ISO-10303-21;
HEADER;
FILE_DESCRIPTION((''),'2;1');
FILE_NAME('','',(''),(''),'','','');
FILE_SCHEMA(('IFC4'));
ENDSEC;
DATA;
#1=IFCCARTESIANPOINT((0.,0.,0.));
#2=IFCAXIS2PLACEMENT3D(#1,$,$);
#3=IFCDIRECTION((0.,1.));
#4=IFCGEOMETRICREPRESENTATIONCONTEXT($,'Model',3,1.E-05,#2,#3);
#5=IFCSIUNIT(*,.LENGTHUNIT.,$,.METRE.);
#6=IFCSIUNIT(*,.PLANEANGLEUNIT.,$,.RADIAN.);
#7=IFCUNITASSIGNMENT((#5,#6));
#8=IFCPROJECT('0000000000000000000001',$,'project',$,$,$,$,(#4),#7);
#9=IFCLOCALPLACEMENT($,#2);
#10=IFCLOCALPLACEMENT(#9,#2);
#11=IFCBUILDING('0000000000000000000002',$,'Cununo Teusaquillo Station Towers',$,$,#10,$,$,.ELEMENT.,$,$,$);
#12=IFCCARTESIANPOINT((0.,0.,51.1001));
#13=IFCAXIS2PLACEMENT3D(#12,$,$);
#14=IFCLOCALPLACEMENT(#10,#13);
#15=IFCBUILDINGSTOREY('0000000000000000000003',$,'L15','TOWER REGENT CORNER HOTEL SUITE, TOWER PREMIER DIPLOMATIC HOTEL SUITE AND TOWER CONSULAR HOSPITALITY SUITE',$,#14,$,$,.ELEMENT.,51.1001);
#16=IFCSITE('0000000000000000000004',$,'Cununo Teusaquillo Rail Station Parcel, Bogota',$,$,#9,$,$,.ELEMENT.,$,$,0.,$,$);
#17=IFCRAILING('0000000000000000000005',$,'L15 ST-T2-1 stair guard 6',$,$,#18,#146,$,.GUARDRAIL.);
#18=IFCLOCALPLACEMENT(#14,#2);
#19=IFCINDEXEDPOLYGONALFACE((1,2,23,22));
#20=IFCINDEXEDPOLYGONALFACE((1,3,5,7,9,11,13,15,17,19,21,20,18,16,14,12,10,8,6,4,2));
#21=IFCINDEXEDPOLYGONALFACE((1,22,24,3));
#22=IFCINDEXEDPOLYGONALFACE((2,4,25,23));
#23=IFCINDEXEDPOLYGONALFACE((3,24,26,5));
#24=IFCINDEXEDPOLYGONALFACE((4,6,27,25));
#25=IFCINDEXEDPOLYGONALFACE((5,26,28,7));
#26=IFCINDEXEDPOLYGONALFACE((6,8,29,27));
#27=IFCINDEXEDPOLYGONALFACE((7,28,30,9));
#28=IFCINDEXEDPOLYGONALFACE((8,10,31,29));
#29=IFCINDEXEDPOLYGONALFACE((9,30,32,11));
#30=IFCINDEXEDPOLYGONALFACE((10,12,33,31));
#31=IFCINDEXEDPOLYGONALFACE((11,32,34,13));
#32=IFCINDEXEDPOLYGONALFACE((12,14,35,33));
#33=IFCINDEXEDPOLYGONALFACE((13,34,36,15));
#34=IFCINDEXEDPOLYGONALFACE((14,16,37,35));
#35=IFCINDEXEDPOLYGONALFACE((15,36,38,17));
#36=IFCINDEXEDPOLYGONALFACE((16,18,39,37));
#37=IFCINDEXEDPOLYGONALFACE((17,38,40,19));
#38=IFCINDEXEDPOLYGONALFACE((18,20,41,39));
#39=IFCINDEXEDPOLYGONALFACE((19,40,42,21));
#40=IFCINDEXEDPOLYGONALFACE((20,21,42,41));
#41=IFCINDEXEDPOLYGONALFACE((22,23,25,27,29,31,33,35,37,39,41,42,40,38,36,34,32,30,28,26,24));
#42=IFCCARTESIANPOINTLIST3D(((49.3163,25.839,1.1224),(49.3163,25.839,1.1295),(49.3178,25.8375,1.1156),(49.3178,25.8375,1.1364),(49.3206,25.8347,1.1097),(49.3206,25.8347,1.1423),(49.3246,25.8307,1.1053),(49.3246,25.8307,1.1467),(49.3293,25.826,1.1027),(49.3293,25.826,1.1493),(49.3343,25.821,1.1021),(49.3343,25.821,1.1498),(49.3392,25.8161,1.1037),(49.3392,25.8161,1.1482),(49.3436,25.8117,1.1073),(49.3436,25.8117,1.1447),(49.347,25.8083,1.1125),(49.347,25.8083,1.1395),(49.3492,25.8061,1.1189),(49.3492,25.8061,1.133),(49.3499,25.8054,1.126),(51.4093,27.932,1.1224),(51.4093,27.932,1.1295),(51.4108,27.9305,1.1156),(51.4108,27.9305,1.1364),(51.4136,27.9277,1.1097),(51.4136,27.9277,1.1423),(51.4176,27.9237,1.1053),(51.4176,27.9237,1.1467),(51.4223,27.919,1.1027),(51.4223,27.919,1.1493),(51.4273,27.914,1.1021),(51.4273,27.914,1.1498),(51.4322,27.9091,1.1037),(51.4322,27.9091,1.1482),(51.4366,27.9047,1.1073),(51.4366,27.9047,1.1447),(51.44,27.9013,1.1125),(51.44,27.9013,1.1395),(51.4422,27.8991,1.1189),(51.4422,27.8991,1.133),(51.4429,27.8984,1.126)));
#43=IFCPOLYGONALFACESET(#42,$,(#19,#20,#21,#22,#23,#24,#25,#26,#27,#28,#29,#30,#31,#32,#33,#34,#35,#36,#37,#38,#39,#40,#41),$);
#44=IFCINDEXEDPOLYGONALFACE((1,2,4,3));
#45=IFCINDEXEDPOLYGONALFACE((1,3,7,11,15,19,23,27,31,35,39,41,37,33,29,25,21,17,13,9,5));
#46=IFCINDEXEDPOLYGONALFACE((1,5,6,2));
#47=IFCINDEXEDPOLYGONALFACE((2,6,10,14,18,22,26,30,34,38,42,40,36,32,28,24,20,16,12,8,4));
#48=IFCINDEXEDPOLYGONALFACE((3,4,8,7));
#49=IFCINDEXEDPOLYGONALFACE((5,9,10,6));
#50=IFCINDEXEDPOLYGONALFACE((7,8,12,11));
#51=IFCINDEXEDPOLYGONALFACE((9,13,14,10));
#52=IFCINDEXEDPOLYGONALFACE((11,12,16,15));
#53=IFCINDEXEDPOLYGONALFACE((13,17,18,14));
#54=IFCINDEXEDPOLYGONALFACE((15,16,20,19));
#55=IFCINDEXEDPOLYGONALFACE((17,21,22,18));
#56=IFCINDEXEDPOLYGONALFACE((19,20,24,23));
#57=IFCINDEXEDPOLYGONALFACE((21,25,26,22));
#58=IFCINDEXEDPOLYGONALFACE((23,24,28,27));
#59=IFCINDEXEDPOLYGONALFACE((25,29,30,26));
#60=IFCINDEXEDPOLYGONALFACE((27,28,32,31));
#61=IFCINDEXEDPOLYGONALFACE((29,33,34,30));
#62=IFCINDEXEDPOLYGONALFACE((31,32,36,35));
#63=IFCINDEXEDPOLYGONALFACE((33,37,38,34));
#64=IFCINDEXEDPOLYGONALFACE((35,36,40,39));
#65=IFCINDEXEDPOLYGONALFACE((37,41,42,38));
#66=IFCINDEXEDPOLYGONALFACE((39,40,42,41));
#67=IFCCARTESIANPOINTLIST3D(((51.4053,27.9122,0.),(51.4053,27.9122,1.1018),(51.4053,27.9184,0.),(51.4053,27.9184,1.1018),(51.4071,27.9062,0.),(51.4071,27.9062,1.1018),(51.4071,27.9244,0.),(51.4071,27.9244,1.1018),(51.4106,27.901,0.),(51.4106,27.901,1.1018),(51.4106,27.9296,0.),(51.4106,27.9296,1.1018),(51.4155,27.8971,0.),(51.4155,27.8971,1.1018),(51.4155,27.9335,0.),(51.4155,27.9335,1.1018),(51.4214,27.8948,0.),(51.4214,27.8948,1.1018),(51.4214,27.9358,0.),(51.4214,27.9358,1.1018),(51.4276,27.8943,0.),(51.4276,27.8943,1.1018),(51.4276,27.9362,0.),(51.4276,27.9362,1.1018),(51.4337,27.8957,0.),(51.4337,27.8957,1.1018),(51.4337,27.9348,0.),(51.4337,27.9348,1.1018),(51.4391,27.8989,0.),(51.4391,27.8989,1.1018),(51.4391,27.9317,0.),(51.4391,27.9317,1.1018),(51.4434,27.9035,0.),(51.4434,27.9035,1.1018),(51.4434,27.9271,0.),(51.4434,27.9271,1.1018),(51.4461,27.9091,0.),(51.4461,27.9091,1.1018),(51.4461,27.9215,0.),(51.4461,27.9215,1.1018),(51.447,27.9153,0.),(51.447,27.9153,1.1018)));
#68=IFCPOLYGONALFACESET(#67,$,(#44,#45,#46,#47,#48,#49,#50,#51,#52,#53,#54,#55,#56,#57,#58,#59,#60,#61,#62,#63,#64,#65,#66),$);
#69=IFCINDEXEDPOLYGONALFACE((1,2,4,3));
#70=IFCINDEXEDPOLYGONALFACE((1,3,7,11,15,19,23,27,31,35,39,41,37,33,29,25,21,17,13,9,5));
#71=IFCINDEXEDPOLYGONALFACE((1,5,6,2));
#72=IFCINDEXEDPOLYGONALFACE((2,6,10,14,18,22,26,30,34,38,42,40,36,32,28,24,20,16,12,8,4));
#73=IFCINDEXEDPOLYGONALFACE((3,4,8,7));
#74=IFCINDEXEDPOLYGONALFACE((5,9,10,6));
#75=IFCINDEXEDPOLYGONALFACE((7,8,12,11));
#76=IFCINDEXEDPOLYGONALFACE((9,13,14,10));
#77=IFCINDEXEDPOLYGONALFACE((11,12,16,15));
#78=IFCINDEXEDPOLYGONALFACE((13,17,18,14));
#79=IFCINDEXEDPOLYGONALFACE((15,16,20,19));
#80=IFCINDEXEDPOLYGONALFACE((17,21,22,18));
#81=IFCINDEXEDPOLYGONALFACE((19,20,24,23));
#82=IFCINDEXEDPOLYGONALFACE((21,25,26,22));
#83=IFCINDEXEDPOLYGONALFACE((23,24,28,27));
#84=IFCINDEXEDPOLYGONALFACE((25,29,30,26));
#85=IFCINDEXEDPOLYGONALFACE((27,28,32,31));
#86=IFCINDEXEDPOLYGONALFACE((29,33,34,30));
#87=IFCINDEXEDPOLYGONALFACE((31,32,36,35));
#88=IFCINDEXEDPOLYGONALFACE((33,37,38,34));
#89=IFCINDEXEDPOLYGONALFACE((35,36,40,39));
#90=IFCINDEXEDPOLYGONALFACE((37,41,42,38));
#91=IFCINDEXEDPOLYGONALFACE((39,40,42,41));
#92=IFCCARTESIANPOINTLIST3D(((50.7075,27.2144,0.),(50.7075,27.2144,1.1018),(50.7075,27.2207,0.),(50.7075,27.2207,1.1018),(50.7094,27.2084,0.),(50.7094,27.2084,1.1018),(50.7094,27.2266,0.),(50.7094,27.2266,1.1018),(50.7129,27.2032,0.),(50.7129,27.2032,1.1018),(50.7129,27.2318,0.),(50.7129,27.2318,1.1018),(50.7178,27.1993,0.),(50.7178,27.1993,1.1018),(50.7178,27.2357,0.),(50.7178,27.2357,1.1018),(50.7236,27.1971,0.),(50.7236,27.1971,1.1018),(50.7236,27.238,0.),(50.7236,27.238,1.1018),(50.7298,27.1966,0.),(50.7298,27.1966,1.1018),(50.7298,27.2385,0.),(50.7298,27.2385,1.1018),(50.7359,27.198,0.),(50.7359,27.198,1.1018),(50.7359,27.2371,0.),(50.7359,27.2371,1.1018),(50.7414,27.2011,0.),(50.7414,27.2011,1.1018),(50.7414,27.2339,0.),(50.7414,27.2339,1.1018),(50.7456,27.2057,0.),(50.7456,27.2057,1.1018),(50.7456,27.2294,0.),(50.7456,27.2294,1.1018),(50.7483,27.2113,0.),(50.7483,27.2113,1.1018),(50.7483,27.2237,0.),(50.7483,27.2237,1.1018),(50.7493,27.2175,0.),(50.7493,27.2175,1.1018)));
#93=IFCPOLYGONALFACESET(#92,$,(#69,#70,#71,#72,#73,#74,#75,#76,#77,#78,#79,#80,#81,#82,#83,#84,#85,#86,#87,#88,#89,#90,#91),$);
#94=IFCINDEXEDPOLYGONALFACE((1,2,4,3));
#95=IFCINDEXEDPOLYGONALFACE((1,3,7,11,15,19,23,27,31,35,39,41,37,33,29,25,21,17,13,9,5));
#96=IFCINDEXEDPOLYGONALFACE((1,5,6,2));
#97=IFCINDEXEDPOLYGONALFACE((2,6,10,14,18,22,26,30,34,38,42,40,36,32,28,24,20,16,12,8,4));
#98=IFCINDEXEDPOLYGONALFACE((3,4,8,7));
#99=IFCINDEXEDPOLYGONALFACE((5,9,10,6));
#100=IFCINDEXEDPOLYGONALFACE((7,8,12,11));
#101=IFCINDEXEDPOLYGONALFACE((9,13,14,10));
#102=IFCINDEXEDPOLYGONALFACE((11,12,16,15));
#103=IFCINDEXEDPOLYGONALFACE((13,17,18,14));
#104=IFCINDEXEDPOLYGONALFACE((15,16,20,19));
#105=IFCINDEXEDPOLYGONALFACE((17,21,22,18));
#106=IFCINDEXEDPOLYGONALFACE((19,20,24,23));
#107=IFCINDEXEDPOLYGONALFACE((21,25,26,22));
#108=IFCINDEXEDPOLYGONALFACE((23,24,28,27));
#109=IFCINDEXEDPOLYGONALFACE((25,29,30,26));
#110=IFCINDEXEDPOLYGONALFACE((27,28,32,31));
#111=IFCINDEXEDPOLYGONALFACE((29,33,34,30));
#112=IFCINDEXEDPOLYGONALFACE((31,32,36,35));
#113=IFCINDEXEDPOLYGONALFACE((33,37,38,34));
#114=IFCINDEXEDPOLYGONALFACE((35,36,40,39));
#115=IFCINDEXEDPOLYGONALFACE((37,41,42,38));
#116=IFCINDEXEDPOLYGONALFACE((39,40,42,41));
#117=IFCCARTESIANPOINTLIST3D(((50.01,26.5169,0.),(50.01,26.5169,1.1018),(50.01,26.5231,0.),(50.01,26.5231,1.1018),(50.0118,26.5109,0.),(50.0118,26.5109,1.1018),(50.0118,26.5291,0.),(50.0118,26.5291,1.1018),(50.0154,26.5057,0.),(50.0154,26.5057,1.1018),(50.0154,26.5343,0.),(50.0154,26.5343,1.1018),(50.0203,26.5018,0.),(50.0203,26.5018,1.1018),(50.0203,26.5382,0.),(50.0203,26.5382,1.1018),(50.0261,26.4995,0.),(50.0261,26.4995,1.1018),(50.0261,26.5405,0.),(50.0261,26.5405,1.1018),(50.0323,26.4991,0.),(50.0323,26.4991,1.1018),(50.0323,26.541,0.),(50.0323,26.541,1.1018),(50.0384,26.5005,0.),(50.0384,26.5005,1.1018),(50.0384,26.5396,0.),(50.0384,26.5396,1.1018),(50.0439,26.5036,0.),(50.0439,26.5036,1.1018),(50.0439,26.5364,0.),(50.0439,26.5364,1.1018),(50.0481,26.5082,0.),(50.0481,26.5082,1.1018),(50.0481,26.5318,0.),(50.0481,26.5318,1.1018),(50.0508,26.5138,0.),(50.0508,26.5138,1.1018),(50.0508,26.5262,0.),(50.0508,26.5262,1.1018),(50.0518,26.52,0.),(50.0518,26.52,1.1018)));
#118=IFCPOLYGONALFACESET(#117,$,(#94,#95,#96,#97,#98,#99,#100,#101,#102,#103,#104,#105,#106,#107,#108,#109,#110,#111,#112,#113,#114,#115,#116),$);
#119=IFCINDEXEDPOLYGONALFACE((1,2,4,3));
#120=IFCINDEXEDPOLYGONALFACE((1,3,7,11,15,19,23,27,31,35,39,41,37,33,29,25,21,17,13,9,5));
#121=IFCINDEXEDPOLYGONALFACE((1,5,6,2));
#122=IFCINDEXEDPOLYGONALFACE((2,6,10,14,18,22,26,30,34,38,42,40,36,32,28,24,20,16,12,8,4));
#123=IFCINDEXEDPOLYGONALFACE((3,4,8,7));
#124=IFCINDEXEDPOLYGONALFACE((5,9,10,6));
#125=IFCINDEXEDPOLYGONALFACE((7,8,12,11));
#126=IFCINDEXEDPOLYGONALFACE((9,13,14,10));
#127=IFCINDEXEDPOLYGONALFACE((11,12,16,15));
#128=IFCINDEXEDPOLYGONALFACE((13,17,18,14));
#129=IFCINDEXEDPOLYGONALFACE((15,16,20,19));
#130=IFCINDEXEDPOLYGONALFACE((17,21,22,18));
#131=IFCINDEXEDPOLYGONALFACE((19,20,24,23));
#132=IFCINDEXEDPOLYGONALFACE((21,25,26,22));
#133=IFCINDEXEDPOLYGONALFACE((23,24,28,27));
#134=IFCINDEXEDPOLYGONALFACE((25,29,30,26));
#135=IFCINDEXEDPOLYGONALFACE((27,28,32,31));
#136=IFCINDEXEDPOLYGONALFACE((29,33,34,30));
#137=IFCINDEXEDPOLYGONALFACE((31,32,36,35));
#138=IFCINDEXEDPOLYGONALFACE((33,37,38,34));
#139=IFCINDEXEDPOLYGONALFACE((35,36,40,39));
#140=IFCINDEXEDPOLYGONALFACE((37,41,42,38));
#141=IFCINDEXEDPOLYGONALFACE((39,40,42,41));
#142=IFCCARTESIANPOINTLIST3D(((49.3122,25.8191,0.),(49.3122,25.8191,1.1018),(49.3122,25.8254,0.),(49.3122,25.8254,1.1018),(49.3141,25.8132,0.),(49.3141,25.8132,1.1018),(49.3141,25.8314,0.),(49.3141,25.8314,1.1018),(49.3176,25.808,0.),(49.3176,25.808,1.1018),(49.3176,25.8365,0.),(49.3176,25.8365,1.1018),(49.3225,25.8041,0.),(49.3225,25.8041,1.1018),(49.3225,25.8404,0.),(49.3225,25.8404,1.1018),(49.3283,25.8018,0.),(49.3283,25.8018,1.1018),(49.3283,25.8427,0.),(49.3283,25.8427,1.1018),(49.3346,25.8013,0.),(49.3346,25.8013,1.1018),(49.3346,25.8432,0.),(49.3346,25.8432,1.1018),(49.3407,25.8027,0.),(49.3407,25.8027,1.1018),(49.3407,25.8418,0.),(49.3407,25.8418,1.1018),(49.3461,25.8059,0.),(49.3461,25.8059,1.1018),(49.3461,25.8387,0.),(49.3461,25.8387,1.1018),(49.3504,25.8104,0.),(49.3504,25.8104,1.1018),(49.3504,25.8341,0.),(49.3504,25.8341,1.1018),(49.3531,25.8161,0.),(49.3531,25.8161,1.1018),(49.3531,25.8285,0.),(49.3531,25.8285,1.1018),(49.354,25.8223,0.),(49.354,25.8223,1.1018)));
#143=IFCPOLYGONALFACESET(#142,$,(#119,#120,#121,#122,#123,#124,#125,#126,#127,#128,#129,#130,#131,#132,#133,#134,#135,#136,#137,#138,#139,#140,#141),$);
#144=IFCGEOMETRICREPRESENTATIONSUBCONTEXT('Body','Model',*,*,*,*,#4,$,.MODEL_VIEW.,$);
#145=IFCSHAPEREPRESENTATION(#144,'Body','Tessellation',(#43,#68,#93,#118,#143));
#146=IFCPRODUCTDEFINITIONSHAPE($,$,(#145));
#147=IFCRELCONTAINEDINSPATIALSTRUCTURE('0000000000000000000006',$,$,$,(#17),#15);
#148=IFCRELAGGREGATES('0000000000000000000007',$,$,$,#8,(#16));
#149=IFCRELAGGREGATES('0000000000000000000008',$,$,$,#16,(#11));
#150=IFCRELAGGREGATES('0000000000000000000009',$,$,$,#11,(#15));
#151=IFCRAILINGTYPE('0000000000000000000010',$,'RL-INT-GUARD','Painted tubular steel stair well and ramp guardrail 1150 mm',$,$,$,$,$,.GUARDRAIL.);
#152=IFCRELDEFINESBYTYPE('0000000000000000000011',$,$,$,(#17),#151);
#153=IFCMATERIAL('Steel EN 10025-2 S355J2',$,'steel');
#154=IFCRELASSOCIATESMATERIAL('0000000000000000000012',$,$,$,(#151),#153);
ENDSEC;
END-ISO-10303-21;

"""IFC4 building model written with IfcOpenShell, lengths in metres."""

from ifc_helpers import new_model, si_unit, direction, frame, origin, origin_2d, place, context, subcontext, project, spatial, circle, extrude, material, type_object, element, save


model = new_model("IFC4")

# Units and contexts
model_context = context("Model", 3, precision=1e-05, world=origin(), true_north=direction((0.0, 1.0)))
body_context = subcontext(model_context, "Body", "Model", "MODEL_VIEW")
ifc_project = project(units=[si_unit("LENGTHUNIT", "METRE"), si_unit("PLANEANGLEUNIT", "RADIAN")], contexts=[model_context])

# Site, building, storey
site_placement = place(None, origin())
site = spatial("IfcSite", under=ifc_project, at=site_placement, Name="Cununo Teusaquillo Rail Station Parcel, Bogota", CompositionType="ELEMENT", RefElevation=0.0)
building_placement = place(site_placement, origin())
building = spatial("IfcBuilding", under=site, at=building_placement, Name="Cununo Teusaquillo Station Towers", CompositionType="ELEMENT")
storey_placement = place(building_placement, frame((0.0, 0.0, 51.1001)))
storey = spatial("IfcBuildingStorey", under=building, at=storey_placement, Name="L15", Description="TOWER REGENT CORNER HOTEL SUITE, TOWER PREMIER DIPLOMATIC HOTEL SUITE AND TOWER CONSULAR HOSPITALITY SUITE", CompositionType="ELEMENT", Elevation=51.1001)

# Railing
ifc_material_1 = material(Name="Steel EN 10025-2 S355J2", Category="steel")
railing_type = type_object("IfcRailingType", Name="RL-INT-GUARD", Description="Painted tubular steel stair well and ramp guardrail 1150 mm", PredefinedType="GUARDRAIL", material=ifc_material_1)
railing_1_placement = place(storey_placement, frame((51.426, 27.9153, 0.0)))
element("IfcRailing", 1, at=railing_1_placement, inside=storey, type_object=railing_type, Name="L15 ST-T2-1 stair guard 6", PredefinedType="GUARDRAIL", context=body_context, shape_type="SweptSolid", body=[
    extrude(circle(Radius=0.0239, at=origin_2d()), frame((0.0, 0.0, 1.126), z_axis=(-0.707107, -0.707107, 0.0), x_axis=(0.707107, -0.707107, 0.0)), (0.0, 0.0, 1.0), 2.96),
    extrude(circle(Radius=0.021, at=origin_2d()), origin(), (0.0, 0.0, 1.0), 1.1018),
    extrude(circle(Radius=0.021, at=origin_2d()), frame((-0.6978, -0.6978, 0.0)), (0.0, 0.0, 1.0), 1.1018),
    extrude(circle(Radius=0.021, at=origin_2d()), frame((-1.3953, -1.3953, 0.0)), (0.0, 0.0, 1.0), 1.1018),
    extrude(circle(Radius=0.021, at=origin_2d()), frame((-2.093, -2.093, 0.0)), (0.0, 0.0, 1.0), 1.1018),
])

save(model, "model.ifc")
